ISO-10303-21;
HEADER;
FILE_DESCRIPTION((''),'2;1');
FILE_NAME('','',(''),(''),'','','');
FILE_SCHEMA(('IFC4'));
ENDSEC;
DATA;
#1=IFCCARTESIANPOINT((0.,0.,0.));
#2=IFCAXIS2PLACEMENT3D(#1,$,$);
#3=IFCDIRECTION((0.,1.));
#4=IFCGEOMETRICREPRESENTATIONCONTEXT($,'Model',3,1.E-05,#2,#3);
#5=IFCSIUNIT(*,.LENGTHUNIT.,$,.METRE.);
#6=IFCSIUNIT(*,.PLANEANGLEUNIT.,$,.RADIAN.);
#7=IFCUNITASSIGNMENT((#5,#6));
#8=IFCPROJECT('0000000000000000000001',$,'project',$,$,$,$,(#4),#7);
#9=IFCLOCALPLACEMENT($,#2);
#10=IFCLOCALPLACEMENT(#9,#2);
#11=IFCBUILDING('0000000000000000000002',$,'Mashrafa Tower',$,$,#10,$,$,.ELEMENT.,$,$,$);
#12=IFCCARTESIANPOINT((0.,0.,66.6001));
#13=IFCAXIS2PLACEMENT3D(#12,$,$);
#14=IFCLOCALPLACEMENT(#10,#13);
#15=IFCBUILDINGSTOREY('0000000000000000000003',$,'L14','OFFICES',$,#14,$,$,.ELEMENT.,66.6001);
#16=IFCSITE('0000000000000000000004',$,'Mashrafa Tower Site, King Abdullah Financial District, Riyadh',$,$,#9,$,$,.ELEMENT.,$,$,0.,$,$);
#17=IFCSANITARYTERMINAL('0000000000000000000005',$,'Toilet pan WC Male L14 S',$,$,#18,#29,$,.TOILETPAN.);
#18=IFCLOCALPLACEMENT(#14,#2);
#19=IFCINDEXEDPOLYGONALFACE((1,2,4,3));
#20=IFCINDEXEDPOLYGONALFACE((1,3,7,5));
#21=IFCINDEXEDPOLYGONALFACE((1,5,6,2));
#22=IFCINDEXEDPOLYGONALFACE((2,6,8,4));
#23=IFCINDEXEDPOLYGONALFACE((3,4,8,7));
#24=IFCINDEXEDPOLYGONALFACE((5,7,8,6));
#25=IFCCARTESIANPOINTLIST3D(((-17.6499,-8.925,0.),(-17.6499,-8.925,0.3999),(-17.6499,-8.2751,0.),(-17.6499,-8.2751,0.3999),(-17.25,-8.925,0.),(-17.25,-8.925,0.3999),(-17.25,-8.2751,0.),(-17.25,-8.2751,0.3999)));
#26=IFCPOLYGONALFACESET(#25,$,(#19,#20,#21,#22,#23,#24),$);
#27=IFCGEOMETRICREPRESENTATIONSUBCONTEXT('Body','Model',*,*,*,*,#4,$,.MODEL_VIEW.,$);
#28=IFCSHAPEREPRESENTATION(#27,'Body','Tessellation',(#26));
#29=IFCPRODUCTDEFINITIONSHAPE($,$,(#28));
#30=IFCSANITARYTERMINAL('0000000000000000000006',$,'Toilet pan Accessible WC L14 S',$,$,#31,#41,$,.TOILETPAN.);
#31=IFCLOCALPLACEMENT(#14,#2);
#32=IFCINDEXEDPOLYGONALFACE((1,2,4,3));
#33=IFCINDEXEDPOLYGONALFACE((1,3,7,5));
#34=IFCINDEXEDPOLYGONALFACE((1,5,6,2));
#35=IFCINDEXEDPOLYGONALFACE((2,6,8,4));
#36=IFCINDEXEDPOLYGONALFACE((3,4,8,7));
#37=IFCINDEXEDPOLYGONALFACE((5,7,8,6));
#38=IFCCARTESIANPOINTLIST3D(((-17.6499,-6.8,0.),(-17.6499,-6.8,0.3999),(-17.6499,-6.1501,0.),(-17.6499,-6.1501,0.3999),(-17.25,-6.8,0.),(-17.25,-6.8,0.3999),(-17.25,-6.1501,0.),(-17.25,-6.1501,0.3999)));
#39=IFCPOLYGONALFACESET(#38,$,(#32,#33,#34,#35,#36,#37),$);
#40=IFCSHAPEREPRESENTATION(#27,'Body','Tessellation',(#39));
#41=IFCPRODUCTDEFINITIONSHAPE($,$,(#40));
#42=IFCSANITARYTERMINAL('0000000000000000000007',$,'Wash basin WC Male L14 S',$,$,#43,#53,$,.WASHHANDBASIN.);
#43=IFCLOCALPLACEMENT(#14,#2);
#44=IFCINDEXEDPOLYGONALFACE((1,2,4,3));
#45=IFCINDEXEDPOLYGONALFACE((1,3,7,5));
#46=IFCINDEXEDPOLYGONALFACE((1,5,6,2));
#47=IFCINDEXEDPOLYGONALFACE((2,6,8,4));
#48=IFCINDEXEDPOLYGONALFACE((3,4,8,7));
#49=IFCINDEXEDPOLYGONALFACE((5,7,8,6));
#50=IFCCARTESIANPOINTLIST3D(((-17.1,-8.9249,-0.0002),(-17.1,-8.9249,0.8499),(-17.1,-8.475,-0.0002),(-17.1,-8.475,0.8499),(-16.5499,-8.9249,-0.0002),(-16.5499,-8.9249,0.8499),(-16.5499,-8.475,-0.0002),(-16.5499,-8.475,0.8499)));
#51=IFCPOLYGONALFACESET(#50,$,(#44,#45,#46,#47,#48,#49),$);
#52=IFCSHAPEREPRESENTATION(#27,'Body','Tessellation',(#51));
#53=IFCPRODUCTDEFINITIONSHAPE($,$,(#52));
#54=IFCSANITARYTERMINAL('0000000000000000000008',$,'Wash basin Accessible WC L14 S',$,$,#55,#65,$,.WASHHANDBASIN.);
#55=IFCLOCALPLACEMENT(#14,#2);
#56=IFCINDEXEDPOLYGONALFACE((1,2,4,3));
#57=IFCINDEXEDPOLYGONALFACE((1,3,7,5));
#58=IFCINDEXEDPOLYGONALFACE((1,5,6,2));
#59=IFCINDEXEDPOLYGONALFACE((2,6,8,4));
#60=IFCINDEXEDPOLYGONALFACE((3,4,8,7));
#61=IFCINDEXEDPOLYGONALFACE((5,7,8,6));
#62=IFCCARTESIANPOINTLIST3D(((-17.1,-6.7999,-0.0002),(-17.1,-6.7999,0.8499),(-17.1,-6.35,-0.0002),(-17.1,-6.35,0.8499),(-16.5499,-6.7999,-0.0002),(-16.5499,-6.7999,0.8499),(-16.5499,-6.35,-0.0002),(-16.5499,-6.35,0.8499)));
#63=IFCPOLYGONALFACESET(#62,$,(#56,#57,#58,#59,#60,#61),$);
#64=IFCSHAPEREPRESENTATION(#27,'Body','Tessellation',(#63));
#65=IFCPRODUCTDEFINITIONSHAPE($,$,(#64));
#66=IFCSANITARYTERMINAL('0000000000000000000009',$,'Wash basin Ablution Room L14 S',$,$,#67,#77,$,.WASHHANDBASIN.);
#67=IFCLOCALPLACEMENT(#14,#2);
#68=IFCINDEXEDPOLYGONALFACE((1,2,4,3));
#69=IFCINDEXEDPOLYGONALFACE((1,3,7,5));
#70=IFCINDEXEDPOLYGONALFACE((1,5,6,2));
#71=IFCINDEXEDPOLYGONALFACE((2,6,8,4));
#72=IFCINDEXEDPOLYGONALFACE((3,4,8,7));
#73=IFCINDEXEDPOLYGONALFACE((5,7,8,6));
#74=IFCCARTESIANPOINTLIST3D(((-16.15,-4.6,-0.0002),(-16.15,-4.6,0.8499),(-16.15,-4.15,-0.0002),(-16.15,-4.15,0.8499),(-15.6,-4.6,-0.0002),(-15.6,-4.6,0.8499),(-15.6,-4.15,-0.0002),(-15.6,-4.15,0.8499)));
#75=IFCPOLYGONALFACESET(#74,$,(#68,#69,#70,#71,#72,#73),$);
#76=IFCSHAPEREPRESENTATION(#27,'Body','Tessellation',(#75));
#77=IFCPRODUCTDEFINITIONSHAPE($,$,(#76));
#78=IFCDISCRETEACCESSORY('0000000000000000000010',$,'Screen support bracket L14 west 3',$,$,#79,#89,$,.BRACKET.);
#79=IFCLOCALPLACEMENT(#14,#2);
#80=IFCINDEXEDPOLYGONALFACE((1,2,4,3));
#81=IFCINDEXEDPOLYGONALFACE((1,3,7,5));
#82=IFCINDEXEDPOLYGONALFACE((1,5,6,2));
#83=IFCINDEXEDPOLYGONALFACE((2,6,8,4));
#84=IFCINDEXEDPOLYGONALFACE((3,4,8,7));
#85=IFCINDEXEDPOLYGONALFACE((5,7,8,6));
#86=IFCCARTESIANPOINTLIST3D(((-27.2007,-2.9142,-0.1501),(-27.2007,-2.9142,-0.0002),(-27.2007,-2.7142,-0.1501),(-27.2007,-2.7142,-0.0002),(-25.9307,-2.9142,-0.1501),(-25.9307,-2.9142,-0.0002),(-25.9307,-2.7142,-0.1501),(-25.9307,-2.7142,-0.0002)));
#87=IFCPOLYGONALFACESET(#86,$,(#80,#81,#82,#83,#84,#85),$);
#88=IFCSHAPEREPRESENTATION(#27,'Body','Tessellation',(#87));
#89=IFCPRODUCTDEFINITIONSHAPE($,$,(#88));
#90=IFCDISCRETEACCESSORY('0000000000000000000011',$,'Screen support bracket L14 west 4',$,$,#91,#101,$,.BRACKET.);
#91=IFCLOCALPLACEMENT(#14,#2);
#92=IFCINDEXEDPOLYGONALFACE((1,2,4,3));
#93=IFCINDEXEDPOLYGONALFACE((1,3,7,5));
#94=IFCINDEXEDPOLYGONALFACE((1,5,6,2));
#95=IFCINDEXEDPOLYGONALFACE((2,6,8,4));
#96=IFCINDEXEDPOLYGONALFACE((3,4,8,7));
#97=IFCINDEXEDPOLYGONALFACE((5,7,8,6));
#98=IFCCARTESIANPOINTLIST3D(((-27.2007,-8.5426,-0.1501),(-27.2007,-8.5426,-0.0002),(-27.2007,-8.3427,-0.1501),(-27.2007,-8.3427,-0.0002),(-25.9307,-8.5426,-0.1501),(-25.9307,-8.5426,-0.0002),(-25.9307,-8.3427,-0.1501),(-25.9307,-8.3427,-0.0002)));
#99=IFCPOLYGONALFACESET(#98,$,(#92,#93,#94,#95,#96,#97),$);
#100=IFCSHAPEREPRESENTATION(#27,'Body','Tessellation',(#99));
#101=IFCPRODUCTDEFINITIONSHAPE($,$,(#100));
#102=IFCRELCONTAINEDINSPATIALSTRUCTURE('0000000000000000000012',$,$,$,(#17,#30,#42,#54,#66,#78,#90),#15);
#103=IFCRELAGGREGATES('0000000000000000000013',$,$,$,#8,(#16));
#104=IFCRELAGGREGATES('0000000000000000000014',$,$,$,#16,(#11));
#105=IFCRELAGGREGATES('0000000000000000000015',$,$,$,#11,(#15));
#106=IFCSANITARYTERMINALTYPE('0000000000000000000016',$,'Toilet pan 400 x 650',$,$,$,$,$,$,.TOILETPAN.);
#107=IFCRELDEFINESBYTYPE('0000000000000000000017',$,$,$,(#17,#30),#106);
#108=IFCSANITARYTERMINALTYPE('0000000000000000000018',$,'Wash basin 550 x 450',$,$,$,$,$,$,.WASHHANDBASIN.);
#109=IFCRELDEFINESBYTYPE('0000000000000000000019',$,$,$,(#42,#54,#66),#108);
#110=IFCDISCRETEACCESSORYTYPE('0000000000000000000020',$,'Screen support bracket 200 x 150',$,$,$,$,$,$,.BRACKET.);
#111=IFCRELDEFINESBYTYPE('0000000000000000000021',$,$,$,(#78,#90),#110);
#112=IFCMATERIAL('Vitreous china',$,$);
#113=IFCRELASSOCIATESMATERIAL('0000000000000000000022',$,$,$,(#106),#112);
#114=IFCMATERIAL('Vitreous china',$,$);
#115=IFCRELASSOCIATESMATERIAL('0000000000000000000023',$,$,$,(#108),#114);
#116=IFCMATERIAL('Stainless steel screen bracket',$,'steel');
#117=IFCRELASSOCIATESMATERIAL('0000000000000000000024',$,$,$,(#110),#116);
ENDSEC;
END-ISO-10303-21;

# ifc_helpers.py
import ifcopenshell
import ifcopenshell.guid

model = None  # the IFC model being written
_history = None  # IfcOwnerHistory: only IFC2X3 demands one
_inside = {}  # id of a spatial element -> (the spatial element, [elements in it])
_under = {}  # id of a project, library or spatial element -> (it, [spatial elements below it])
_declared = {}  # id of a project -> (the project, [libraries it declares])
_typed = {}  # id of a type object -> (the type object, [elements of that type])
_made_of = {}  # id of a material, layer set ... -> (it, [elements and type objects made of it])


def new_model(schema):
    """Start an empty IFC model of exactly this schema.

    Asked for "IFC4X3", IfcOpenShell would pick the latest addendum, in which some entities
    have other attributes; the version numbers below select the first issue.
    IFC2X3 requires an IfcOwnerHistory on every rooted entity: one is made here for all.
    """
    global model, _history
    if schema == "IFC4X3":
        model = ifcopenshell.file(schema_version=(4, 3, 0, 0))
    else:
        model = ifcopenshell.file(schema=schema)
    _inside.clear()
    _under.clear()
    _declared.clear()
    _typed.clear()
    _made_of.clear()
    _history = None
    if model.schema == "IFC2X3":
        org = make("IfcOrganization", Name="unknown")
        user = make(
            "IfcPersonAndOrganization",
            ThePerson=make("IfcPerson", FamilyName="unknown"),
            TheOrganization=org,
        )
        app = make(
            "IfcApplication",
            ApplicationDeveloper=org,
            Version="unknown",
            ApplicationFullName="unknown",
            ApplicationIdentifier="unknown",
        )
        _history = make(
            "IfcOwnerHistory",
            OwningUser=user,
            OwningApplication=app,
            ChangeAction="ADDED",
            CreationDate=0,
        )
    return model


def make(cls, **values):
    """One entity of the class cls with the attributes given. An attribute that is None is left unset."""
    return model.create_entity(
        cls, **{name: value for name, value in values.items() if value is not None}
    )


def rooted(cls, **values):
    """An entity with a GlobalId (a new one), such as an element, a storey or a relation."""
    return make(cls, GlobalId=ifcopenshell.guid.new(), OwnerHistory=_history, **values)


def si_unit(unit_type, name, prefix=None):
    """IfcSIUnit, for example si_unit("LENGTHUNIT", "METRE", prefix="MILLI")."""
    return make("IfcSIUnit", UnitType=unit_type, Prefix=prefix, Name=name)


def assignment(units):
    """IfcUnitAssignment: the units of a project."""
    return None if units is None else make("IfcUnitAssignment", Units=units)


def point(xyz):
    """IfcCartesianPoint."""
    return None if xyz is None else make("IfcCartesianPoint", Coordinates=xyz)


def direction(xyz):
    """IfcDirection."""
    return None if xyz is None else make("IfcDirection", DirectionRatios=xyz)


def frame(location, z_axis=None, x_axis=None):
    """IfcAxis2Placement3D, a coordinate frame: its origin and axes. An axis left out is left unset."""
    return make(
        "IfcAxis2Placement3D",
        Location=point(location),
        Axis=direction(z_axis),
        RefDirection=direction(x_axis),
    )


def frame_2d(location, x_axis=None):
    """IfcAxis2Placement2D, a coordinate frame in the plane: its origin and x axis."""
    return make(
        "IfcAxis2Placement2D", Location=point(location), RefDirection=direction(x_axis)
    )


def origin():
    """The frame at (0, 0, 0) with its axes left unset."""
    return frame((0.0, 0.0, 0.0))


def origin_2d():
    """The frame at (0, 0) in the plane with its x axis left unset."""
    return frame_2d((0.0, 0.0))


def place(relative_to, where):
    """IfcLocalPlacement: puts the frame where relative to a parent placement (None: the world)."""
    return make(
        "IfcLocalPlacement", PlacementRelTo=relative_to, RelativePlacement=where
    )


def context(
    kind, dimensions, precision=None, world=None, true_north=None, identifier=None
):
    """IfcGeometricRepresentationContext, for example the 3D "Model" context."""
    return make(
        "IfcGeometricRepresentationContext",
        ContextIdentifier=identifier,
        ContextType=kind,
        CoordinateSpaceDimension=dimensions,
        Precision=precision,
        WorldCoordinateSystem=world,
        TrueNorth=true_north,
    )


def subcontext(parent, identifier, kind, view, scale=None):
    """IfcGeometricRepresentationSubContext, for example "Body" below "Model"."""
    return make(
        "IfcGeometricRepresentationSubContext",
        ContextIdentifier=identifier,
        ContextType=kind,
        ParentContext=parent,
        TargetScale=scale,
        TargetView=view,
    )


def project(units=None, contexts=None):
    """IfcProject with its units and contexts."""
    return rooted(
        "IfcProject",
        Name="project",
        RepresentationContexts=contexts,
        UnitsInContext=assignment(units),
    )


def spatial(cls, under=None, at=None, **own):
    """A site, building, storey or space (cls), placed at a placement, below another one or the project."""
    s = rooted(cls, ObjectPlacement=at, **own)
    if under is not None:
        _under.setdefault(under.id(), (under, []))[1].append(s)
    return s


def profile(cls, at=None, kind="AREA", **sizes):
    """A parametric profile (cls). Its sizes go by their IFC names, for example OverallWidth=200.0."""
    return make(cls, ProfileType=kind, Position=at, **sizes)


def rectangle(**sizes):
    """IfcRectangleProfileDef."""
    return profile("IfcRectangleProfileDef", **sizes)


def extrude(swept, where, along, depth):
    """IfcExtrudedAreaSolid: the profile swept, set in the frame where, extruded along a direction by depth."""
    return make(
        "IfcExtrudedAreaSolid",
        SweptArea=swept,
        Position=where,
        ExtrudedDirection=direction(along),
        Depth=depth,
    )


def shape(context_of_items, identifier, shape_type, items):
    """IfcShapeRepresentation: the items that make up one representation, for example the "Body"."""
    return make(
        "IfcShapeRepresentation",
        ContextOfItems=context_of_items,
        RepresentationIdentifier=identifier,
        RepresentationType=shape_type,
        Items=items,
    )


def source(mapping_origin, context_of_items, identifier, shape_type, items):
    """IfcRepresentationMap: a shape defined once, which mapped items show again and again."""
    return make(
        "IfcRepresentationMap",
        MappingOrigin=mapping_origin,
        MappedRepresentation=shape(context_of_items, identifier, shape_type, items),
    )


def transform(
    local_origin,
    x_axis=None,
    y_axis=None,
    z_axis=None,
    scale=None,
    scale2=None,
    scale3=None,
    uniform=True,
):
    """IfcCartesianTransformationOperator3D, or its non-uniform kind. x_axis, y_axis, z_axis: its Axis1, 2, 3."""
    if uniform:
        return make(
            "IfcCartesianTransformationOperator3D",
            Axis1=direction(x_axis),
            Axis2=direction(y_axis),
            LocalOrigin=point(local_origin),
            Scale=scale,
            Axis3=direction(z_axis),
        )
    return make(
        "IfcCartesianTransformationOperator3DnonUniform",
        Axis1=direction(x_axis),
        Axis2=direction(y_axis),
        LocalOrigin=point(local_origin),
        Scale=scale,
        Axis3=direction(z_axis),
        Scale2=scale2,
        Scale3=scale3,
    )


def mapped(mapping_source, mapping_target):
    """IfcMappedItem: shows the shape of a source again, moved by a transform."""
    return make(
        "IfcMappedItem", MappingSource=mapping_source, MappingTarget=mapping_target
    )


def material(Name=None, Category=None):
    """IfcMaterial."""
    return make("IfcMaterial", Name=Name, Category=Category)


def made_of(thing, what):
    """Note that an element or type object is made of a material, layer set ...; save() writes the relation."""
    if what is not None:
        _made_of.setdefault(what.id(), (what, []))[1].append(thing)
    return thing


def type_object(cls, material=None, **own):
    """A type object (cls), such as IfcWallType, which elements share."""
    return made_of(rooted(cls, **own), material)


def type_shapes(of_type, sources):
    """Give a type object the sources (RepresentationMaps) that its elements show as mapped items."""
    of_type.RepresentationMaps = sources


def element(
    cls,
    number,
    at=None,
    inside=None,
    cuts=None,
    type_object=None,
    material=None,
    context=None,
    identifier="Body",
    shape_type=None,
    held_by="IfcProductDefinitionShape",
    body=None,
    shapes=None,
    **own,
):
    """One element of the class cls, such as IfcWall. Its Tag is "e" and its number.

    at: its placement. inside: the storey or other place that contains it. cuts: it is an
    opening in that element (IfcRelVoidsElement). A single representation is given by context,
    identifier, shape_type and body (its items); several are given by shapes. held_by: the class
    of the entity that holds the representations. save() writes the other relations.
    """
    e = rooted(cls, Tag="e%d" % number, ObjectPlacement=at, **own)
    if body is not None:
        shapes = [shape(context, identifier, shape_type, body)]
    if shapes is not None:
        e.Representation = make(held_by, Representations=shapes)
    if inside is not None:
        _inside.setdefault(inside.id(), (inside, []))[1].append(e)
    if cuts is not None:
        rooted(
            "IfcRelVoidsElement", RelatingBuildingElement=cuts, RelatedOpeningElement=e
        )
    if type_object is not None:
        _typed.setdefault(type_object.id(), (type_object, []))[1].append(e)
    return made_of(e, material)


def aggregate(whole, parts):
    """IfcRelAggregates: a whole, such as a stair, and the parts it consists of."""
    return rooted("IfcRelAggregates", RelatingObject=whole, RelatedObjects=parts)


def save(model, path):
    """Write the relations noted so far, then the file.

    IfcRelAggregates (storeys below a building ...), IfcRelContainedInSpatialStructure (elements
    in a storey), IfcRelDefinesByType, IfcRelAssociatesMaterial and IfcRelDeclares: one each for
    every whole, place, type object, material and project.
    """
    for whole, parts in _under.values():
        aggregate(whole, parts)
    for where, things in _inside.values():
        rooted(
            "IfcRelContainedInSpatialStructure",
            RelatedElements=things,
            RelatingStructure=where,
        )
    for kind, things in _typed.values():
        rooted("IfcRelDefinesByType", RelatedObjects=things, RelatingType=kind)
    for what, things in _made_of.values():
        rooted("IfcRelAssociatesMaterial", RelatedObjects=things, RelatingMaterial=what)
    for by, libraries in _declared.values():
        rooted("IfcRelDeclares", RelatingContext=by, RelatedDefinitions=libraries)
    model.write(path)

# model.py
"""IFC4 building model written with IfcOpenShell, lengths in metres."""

from ifc_helpers import new_model, si_unit, direction, frame, origin, origin_2d, place, context, subcontext, project, spatial, rectangle, extrude, source, transform, mapped, material, type_object, type_shapes, element, save


model = new_model("IFC4")

# Units and contexts
model_context = context("Model", 3, precision=1e-05, world=origin(), true_north=direction((0.0, 1.0)))
body_context = subcontext(model_context, "Body", "Model", "MODEL_VIEW")
ifc_project = project(units=[si_unit("LENGTHUNIT", "METRE"), si_unit("PLANEANGLEUNIT", "RADIAN")], contexts=[model_context])

# Site, building, storey
site_placement = place(None, origin())
site = spatial("IfcSite", under=ifc_project, at=site_placement, Name="Mashrafa Tower Site, King Abdullah Financial District, Riyadh", CompositionType="ELEMENT", RefElevation=0.0)
building_placement = place(site_placement, origin())
building = spatial("IfcBuilding", under=site, at=building_placement, Name="Mashrafa Tower", CompositionType="ELEMENT")
storey_placement = place(building_placement, frame((0.0, 0.0, 66.6001)))
storey = spatial("IfcBuildingStorey", under=building, at=storey_placement, Name="L14", Description="OFFICES", CompositionType="ELEMENT", Elevation=66.6001)

# Sanitary terminals
ifc_material_1 = material(Name="Vitreous china")
sanitary_terminal_type_1 = type_object("IfcSanitaryTerminalType", Name="Toilet pan 400 x 650", PredefinedType="TOILETPAN", material=ifc_material_1)
for number, where, z_axis, x_axis, name in (
    (1, (-17.45, -8.6001, 0.0), (0.0, 0.0, 1.0), (1.0, 0.0, 0.0), "Toilet pan WC Male L14 S"),
    (2, (-17.45, -6.4751, 0.0), (0.0, 0.0, 1.0), (1.0, 0.0, 0.0), "Toilet pan Accessible WC L14 S"),
):
    element("IfcSanitaryTerminal", number, at=place(storey_placement, frame(where, z_axis=z_axis, x_axis=x_axis)), inside=storey, type_object=sanitary_terminal_type_1, Name=name, PredefinedType="TOILETPAN", context=body_context, shape_type="SweptSolid", body=[
        extrude(rectangle(XDim=0.3999, YDim=0.6499, at=origin_2d()), origin(), (0.0, 0.0, 1.0), 0.3999),
    ])
ifc_material_2 = material(Name="Vitreous china")
sanitary_terminal_type_2 = type_object("IfcSanitaryTerminalType", Name="Wash basin 550 x 450", PredefinedType="WASHHANDBASIN", material=ifc_material_2)
for number, where, z_axis, x_axis, name in (
    (3, (-16.825, -8.7, -0.0002), (0.0, 0.0, 1.0), (1.0, 0.0, 0.0), "Wash basin WC Male L14 S"),
    (4, (-16.825, -6.575, -0.0002), (0.0, 0.0, 1.0), (1.0, 0.0, 0.0), "Wash basin Accessible WC L14 S"),
    (5, (-15.875, -4.375, -0.0002), (0.0, 0.0, 1.0), (1.0, 0.0, 0.0), "Wash basin Ablution Room L14 S"),
):
    element("IfcSanitaryTerminal", number, at=place(storey_placement, frame(where, z_axis=z_axis, x_axis=x_axis)), inside=storey, type_object=sanitary_terminal_type_2, Name=name, PredefinedType="WASHHANDBASIN", context=body_context, shape_type="SweptSolid", body=[
        extrude(rectangle(XDim=0.55, YDim=0.45, at=origin_2d()), origin(), (0.0, 0.0, 1.0), 0.8501),
    ])

# Discrete accessories
ifc_material_3 = material(Name="Stainless steel screen bracket", Category="steel")
discrete_accessory_type = type_object("IfcDiscreteAccessoryType", Name="Screen support bracket 200 x 150", PredefinedType="BRACKET", material=ifc_material_3)
shared_shape_1 = source(origin(), body_context, "Body", "SweptSolid", [
    extrude(rectangle(XDim=0.2, YDim=1.27, at=origin_2d()), origin(), (0.0, 0.0, 1.0), 0.1499),
])
type_shapes(discrete_accessory_type, [shared_shape_1])
for number, where, z_axis, x_axis, name in (
    (6, (-26.5657, -2.8142, -0.1501), (0.0, 0.0, 1.0), (0.0, -1.0, 0.0), "Screen support bracket L14 west 3"),
    (7, (-26.5657, -8.4426, -0.1501), (0.0, 0.0, 1.0), (0.0, -1.0, 0.0), "Screen support bracket L14 west 4"),
):
    element("IfcDiscreteAccessory", number, at=place(storey_placement, frame(where, z_axis=z_axis, x_axis=x_axis)), inside=storey, type_object=discrete_accessory_type, Name=name, PredefinedType="BRACKET", context=body_context, shape_type="MappedRepresentation", body=[
        mapped(shared_shape_1, transform((0.0, 0.0, 0.0))),
    ])

save(model, "model.ifc")
